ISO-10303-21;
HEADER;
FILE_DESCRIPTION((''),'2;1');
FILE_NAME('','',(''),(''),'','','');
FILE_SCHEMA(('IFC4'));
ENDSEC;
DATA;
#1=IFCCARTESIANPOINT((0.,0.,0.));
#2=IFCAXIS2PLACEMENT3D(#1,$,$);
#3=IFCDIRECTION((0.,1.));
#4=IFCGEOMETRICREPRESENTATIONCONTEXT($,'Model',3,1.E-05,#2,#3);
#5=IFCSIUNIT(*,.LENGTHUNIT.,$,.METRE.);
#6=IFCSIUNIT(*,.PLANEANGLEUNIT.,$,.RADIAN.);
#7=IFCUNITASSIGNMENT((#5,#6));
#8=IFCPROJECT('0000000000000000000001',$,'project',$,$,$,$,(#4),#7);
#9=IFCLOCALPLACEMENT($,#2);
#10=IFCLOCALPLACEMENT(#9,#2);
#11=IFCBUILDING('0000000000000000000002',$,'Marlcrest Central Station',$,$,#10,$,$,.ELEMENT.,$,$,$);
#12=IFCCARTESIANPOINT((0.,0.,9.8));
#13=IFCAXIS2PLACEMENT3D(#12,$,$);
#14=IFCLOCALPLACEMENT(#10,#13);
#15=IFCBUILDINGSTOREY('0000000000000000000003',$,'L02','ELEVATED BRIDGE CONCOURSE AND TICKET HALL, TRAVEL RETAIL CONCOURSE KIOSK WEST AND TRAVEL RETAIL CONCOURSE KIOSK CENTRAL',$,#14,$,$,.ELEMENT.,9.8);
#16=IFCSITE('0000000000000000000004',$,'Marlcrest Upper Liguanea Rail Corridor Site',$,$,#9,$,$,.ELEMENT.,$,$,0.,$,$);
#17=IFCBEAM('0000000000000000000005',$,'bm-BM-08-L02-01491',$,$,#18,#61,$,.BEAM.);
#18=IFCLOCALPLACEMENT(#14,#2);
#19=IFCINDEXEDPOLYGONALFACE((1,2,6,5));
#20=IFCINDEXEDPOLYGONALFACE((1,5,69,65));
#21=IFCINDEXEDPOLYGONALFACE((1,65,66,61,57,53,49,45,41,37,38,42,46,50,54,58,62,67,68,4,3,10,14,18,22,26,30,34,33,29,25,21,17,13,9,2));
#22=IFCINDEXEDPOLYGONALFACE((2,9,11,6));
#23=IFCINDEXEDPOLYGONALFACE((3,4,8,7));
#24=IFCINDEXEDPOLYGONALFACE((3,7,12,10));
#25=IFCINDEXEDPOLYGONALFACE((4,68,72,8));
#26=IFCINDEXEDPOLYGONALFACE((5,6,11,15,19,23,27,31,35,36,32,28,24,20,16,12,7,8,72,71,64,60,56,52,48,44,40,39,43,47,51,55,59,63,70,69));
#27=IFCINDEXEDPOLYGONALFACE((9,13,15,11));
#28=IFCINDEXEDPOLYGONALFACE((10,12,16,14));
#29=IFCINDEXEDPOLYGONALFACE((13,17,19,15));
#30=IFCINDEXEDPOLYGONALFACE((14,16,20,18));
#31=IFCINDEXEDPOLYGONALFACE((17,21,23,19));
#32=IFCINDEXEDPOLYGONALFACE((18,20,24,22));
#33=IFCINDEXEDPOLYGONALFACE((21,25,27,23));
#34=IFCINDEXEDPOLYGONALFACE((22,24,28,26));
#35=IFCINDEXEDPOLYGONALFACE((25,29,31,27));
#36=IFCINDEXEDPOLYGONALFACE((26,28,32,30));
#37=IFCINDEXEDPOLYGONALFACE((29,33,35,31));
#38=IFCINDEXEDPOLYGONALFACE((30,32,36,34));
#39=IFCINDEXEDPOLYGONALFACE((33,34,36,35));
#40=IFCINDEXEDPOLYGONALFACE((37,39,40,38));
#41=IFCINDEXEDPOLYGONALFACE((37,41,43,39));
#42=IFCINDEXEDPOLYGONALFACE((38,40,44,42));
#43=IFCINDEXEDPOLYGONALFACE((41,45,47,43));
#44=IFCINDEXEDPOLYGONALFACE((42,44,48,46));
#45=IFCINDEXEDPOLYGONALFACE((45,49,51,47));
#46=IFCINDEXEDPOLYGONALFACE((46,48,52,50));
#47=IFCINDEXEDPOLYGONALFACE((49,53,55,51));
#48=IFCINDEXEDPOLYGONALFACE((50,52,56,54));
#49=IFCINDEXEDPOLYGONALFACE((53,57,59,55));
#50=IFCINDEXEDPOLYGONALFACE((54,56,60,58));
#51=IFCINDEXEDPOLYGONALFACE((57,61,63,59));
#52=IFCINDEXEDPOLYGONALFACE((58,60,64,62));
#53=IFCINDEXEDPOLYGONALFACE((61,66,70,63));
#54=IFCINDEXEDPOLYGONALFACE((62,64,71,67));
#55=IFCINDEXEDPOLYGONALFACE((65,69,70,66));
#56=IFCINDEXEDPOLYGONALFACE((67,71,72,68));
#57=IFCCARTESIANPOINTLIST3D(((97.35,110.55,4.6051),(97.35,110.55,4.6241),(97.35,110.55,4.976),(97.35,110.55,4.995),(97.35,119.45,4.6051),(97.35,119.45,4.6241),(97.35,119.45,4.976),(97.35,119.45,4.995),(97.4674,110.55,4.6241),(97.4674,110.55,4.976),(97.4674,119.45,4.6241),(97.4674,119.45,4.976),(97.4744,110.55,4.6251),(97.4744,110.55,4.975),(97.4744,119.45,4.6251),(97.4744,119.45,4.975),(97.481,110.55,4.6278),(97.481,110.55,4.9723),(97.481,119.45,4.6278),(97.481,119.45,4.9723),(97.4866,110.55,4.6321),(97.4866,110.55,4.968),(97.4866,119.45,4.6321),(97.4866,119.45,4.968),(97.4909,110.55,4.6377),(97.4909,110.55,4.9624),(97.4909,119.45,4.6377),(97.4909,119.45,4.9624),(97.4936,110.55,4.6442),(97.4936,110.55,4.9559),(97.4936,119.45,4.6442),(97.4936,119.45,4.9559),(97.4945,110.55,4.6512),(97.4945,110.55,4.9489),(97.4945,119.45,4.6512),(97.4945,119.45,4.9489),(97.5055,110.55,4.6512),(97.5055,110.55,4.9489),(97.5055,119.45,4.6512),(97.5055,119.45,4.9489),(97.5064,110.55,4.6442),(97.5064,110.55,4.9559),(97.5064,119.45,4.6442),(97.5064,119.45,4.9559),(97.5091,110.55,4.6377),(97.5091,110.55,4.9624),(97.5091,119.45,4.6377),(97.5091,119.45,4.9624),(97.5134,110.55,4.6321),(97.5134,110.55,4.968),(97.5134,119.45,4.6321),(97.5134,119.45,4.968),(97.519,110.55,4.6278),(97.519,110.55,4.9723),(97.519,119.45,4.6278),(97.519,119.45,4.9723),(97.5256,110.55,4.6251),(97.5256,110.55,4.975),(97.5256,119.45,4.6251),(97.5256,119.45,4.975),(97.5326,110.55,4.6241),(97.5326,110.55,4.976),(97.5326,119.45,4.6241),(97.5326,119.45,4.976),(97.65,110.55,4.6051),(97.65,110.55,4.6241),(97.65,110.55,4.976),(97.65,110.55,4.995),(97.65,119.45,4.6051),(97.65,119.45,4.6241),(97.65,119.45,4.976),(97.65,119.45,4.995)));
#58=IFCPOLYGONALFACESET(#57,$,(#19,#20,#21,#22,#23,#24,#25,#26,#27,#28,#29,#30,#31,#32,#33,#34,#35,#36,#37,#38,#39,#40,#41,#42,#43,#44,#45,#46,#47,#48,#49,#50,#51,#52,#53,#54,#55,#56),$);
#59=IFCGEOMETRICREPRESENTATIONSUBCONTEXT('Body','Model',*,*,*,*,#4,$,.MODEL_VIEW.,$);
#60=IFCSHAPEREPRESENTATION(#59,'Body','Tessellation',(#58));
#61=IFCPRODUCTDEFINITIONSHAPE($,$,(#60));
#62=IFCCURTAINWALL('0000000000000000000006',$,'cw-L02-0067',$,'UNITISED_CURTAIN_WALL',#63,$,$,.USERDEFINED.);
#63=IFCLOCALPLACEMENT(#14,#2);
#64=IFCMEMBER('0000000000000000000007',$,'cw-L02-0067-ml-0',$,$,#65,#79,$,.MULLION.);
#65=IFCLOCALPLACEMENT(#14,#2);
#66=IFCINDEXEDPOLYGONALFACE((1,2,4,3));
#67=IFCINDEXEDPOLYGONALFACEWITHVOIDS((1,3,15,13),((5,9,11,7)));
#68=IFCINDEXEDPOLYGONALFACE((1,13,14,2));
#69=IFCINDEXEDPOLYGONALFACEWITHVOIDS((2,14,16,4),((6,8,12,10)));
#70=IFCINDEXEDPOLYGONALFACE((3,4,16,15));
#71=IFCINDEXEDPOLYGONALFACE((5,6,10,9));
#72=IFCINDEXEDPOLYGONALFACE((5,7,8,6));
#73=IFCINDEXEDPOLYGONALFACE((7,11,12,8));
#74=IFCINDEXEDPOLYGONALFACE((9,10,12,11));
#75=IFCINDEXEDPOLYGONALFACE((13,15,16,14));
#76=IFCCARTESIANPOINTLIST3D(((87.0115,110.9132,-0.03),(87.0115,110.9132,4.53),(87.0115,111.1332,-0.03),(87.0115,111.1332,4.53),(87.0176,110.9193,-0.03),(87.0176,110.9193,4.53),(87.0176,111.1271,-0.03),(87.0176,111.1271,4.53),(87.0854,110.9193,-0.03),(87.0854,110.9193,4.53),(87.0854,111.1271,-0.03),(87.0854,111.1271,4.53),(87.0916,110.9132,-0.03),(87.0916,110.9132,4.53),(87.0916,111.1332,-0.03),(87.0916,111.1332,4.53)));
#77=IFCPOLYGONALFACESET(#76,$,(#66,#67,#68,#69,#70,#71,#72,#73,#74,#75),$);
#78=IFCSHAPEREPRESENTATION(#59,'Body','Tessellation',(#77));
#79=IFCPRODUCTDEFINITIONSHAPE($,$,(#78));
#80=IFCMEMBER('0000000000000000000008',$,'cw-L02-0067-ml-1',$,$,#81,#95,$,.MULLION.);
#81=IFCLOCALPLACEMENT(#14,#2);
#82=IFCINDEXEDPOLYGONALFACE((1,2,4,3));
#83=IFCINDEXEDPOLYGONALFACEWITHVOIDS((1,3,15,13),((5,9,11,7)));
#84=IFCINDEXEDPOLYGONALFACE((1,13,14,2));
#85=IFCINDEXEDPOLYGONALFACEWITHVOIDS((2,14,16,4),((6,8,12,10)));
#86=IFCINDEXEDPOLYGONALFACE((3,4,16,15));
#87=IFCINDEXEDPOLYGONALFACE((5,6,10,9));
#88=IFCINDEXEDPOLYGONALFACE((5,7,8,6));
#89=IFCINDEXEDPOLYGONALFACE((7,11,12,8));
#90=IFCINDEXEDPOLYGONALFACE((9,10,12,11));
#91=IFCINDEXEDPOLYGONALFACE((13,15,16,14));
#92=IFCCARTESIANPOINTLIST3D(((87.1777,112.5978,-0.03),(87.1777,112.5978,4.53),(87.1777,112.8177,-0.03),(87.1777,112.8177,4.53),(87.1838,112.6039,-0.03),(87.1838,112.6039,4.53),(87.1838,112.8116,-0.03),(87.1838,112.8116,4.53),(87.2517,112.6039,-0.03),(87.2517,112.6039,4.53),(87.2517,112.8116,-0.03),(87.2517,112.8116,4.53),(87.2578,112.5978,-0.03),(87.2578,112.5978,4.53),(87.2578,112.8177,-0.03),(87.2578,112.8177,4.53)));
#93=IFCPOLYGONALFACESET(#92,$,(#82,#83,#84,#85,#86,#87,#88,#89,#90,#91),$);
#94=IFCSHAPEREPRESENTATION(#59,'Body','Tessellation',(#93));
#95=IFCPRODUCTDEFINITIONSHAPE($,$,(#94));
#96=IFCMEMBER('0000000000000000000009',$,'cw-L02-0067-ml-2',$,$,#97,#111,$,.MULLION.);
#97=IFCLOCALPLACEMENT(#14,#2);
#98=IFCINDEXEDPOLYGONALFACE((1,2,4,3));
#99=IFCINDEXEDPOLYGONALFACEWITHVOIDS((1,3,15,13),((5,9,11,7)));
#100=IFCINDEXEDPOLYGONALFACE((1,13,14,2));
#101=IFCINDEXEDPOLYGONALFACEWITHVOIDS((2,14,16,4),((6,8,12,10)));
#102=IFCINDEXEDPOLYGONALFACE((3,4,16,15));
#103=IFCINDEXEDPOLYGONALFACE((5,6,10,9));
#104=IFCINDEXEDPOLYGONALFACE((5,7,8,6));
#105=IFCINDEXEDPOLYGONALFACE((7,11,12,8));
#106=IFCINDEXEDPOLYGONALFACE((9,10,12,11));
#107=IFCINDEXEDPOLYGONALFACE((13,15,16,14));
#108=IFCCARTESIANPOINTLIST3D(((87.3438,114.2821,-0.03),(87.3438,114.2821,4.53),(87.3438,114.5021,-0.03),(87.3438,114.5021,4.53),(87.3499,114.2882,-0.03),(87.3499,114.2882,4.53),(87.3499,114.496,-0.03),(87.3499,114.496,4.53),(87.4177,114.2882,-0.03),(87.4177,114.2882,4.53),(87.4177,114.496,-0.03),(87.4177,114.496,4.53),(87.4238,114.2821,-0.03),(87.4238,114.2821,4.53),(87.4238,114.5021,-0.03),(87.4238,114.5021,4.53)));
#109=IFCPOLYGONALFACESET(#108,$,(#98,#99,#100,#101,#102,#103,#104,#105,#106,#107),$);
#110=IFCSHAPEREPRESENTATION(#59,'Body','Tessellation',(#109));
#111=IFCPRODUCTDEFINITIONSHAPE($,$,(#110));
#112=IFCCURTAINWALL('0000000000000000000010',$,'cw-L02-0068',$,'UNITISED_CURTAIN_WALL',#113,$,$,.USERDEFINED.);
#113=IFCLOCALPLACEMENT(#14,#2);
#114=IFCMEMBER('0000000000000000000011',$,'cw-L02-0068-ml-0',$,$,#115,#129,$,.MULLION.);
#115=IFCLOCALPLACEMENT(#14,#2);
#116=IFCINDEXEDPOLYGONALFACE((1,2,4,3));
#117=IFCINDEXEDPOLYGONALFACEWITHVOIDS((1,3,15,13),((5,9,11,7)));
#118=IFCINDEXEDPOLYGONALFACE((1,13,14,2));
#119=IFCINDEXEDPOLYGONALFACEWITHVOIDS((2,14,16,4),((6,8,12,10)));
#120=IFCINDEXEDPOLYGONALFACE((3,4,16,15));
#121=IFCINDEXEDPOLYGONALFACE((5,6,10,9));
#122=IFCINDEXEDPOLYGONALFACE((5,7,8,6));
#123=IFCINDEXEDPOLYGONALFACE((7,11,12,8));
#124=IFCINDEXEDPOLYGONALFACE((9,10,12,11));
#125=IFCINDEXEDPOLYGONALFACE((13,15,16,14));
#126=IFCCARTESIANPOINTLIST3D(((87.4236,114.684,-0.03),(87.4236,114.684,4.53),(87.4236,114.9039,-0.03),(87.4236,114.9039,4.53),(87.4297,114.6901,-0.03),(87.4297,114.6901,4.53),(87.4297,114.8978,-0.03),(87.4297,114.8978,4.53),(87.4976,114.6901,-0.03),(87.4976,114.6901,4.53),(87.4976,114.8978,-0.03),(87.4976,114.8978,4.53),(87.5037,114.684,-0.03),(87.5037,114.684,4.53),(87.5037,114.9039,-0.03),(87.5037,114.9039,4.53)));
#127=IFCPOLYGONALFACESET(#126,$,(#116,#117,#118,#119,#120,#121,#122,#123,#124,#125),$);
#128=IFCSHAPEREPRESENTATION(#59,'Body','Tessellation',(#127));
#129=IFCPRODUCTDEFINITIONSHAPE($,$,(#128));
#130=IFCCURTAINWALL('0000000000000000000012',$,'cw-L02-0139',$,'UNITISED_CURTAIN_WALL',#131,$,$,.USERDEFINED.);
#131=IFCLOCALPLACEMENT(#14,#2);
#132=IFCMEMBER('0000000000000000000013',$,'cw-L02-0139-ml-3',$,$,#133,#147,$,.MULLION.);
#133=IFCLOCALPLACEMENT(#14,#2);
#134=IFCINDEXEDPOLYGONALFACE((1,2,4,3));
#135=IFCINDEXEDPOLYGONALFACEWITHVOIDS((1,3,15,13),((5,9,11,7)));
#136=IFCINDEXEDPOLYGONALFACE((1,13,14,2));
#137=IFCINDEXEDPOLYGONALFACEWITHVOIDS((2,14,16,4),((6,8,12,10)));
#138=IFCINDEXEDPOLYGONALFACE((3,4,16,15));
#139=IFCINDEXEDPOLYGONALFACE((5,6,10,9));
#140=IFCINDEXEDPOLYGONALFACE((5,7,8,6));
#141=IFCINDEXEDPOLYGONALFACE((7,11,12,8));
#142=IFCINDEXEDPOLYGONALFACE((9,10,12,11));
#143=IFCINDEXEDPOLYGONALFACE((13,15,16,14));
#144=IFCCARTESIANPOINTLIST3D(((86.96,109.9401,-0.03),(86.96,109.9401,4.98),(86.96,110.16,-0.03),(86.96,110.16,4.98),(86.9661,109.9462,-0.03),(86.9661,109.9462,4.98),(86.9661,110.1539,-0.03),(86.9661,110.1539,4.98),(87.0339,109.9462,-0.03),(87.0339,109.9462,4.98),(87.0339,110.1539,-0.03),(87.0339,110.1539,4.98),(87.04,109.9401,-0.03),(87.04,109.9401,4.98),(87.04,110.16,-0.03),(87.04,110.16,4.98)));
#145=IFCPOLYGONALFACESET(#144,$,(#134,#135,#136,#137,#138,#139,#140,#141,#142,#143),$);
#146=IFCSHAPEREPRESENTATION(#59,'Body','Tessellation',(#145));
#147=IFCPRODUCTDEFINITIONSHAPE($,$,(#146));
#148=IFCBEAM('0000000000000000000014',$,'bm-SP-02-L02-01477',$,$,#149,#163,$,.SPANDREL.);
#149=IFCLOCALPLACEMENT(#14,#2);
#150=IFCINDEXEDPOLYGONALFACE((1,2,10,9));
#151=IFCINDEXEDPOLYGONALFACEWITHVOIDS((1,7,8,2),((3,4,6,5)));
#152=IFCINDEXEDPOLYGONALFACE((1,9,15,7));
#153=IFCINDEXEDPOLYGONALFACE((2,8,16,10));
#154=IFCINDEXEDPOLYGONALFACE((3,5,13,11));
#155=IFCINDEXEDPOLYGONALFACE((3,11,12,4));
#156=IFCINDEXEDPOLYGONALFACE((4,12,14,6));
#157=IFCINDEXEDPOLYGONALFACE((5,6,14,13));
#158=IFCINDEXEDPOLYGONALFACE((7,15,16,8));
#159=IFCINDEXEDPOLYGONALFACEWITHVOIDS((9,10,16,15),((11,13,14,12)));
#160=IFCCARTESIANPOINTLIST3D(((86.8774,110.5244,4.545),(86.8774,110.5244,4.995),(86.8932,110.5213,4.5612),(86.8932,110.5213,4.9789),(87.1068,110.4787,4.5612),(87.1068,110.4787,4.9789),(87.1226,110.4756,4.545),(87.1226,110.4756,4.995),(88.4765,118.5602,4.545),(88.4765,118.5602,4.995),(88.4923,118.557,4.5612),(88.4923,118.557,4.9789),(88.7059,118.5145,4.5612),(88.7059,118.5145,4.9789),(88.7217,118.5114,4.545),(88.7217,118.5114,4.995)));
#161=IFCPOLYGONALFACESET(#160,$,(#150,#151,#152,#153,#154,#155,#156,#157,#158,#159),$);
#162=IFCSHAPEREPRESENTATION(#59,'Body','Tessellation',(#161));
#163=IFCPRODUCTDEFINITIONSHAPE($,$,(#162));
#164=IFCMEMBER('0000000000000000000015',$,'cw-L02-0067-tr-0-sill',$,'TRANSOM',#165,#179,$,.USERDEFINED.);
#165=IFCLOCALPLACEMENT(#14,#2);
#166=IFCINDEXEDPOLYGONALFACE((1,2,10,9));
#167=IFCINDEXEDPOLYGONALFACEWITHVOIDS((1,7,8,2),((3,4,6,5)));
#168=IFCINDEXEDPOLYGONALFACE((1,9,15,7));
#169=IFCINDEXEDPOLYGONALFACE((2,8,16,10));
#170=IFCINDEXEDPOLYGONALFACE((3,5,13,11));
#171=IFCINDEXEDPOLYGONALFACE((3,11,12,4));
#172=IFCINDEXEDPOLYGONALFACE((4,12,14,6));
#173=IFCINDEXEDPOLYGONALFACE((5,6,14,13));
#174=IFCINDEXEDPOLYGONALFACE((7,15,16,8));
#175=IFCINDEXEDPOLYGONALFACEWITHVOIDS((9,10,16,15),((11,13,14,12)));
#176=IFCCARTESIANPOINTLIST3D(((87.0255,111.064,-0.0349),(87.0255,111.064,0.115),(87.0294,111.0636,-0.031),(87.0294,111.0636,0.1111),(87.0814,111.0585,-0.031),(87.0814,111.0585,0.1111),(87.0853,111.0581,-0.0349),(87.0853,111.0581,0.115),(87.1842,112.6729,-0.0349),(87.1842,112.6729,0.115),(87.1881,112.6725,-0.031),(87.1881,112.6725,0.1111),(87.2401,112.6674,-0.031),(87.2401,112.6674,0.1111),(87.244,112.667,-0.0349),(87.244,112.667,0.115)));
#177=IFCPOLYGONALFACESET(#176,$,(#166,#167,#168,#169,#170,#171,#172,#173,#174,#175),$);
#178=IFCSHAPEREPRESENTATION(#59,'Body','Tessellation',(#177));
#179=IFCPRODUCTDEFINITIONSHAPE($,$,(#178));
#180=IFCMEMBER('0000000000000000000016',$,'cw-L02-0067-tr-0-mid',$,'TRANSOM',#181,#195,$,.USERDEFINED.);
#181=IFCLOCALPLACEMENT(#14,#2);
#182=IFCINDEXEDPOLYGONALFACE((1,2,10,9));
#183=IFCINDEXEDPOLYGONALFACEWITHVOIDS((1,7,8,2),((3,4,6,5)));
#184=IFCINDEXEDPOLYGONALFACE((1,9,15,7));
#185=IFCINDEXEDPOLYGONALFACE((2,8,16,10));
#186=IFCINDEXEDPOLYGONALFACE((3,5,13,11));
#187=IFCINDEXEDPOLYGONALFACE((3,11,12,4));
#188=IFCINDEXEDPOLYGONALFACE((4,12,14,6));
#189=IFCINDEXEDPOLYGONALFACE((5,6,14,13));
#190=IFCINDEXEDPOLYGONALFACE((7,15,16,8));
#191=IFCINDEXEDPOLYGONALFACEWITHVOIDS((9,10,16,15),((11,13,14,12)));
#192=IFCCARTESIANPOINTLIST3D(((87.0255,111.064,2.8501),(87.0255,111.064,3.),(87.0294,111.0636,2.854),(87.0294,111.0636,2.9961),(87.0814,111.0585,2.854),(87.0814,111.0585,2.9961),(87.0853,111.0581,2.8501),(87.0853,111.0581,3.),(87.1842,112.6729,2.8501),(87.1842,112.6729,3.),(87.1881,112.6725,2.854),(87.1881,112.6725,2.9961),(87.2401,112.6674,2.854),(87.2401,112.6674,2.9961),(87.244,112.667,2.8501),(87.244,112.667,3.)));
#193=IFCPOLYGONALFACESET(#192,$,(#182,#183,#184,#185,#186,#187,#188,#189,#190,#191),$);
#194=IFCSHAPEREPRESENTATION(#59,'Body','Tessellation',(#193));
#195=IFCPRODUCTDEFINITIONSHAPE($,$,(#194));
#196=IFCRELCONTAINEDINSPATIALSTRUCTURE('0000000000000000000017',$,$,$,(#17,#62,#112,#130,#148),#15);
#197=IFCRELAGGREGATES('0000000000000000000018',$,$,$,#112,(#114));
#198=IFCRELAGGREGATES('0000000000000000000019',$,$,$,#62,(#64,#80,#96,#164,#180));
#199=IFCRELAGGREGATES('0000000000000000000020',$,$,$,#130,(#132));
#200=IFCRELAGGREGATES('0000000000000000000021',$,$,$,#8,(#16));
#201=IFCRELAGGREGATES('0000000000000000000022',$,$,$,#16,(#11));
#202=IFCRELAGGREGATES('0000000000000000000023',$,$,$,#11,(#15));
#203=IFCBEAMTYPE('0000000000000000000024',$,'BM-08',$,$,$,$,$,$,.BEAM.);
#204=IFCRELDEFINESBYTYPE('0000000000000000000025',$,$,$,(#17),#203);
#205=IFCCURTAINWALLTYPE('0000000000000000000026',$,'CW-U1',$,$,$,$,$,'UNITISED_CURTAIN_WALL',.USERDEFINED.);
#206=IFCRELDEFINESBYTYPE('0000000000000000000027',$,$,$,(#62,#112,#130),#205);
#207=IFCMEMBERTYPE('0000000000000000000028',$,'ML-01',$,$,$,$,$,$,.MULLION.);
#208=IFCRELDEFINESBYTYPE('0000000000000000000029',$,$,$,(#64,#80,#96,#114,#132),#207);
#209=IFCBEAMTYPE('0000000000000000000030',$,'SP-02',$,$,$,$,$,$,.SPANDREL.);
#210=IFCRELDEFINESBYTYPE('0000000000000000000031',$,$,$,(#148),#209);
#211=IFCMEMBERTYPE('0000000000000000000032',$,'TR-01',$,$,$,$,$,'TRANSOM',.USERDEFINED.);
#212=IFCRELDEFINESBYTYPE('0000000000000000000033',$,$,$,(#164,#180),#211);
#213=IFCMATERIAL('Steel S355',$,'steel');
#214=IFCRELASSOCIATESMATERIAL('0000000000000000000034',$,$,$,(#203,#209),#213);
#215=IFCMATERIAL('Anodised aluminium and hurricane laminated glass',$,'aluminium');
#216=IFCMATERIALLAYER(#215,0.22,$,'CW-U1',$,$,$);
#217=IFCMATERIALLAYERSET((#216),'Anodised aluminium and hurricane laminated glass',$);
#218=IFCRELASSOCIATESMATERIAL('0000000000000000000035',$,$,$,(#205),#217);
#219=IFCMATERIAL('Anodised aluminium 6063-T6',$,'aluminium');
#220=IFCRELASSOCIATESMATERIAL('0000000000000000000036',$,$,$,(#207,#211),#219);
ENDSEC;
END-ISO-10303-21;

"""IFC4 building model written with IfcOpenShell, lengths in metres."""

from ifc_helpers import new_model, si_unit, direction, frame, origin, origin_2d, place, context, subcontext, project, spatial, hollow_rectangle, i_section, extrude, material, layer, layer_set, material_profile, profile_set, type_object, element, aggregate, save


model = new_model("IFC4")

# Units and contexts
model_context = context("Model", 3, precision=1e-05, world=origin(), true_north=direction((0.0, 1.0)))
body_context = subcontext(model_context, "Body", "Model", "MODEL_VIEW")
ifc_project = project(units=[si_unit("LENGTHUNIT", "METRE"), si_unit("PLANEANGLEUNIT", "RADIAN")], contexts=[model_context])

# Site, building, storey
site_placement = place(None, origin())
site = spatial("IfcSite", under=ifc_project, at=site_placement, Name="Marlcrest Upper Liguanea Rail Corridor Site", CompositionType="ELEMENT", RefElevation=0.0)
building_placement = place(site_placement, origin())
building = spatial("IfcBuilding", under=site, at=building_placement, Name="Marlcrest Central Station", CompositionType="ELEMENT")
storey_placement = place(building_placement, frame((0.0, 0.0, 9.8)))
storey = spatial("IfcBuildingStorey", under=building, at=storey_placement, Name="L02", Description="ELEVATED BRIDGE CONCOURSE AND TICKET HALL, TRAVEL RETAIL CONCOURSE KIOSK WEST AND TRAVEL RETAIL CONCOURSE KIOSK CENTRAL", CompositionType="ELEMENT", Elevation=9.8)

# Shared definitions
ifc_material_1 = material(Name="Steel S355", Category="steel")

# Beam
ifc_material_profile_1 = material_profile(ifc_material_1, i_section(OverallWidth=0.3, OverallDepth=0.3899, WebThickness=0.011, FlangeThickness=0.019, FilletRadius=0.0271, at=origin_2d()), Name="HEA 400")
ifc_profile_set_1 = profile_set([ifc_material_profile_1], Name="Steel S355")
beam_type_1 = type_object("IfcBeamType", Name="BM-08", PredefinedType="BEAM", material=ifc_profile_set_1)
beam_1_placement = place(storey_placement, frame((97.5, 110.55, 4.8), z_axis=(0.0, 1.0, 0.0), x_axis=(-1.0, 0.0, 0.0)))
element("IfcBeam", 1, at=beam_1_placement, inside=storey, type_object=beam_type_1, Name="bm-BM-08-L02-01491", PredefinedType="BEAM", context=body_context, shape_type="SweptSolid", body=[
    extrude(i_section(OverallWidth=0.3, OverallDepth=0.3899, WebThickness=0.011, FlangeThickness=0.019, FilletRadius=0.0271, at=origin_2d()), origin(), (0.0, 0.0, 1.0), 8.8999),
])

# Curtain wall, members
ifc_material_2 = material(Name="Anodised aluminium and hurricane laminated glass", Category="aluminium")
ifc_layer_1 = layer(ifc_material_2, 0.22, Name="CW-U1")
ifc_layer_set_1 = layer_set([ifc_layer_1], Name="Anodised aluminium and hurricane laminated glass")
curtain_wall_type = type_object("IfcCurtainWallType", Name="CW-U1", ElementType="UNITISED_CURTAIN_WALL", PredefinedType="USERDEFINED", material=ifc_layer_set_1)
curtain_wall_1_placement = place(storey_placement, origin())
curtain_wall_1 = element("IfcCurtainWall", 2, at=curtain_wall_1_placement, inside=storey, type_object=curtain_wall_type, Name="cw-L02-0067", ObjectType="UNITISED_CURTAIN_WALL", PredefinedType="USERDEFINED")
ifc_material_3 = material(Name="Anodised aluminium 6063-T6", Category="aluminium")
ifc_material_profile_2 = material_profile(ifc_material_3, hollow_rectangle(XDim=0.0801, YDim=0.22, WallThickness=0.0061, at=origin_2d()), Name="AA-RHS 220x80x6")
ifc_profile_set_2 = profile_set([ifc_material_profile_2], Name="Anodised aluminium 6063-T6")
member_type_1 = type_object("IfcMemberType", Name="ML-01", PredefinedType="MULLION", material=ifc_profile_set_2)
member_1_placement = place(storey_placement, frame((87.0515, 111.0232, -0.03), z_axis=(0.0, 0.0, 1.0), x_axis=(1.0, 0.0, 0.0)))
member_1 = element("IfcMember", 3, at=member_1_placement, type_object=member_type_1, Name="cw-L02-0067-ml-0", PredefinedType="MULLION", context=body_context, shape_type="SweptSolid", body=[
    extrude(hollow_rectangle(XDim=0.0801, YDim=0.22, WallThickness=0.0061, at=origin_2d()), origin(), (0.0, 0.0, 1.0), 4.5601),
])
member_2_placement = place(storey_placement, frame((87.2178, 112.7078, -0.03), z_axis=(0.0, 0.0, 1.0), x_axis=(1.0, 0.0, 0.0)))
member_2 = element("IfcMember", 4, at=member_2_placement, type_object=member_type_1, Name="cw-L02-0067-ml-1", PredefinedType="MULLION", context=body_context, shape_type="SweptSolid", body=[
    extrude(hollow_rectangle(XDim=0.0801, YDim=0.22, WallThickness=0.0061, at=origin_2d()), origin(), (0.0, 0.0, 1.0), 4.5601),
])
member_3_placement = place(storey_placement, frame((87.3838, 114.3921, -0.03), z_axis=(0.0, 0.0, 1.0), x_axis=(1.0, 0.0, 0.0)))
member_3 = element("IfcMember", 5, at=member_3_placement, type_object=member_type_1, Name="cw-L02-0067-ml-2", PredefinedType="MULLION", context=body_context, shape_type="SweptSolid", body=[
    extrude(hollow_rectangle(XDim=0.0801, YDim=0.22, WallThickness=0.0061, at=origin_2d()), origin(), (0.0, 0.0, 1.0), 4.5601),
])

# Curtain walls, members
curtain_wall_2_placement = place(storey_placement, origin())
curtain_wall_2 = element("IfcCurtainWall", 6, at=curtain_wall_2_placement, inside=storey, type_object=curtain_wall_type, Name="cw-L02-0068", ObjectType="UNITISED_CURTAIN_WALL", PredefinedType="USERDEFINED")
member_4_placement = place(storey_placement, frame((87.4636, 114.7939, -0.03), z_axis=(0.0, 0.0, 1.0), x_axis=(1.0, 0.0, 0.0)))
member_4 = element("IfcMember", 7, at=member_4_placement, type_object=member_type_1, Name="cw-L02-0068-ml-0", PredefinedType="MULLION", context=body_context, shape_type="SweptSolid", body=[
    extrude(hollow_rectangle(XDim=0.0801, YDim=0.22, WallThickness=0.0061, at=origin_2d()), origin(), (0.0, 0.0, 1.0), 4.5601),
])
curtain_wall_3_placement = place(storey_placement, origin())
curtain_wall_3 = element("IfcCurtainWall", 8, at=curtain_wall_3_placement, inside=storey, type_object=curtain_wall_type, Name="cw-L02-0139", ObjectType="UNITISED_CURTAIN_WALL", PredefinedType="USERDEFINED")
member_5_placement = place(storey_placement, frame((87.0, 110.05, -0.03), z_axis=(0.0, 0.0, 1.0), x_axis=(1.0, 0.0, 0.0)))
member_5 = element("IfcMember", 9, at=member_5_placement, type_object=member_type_1, Name="cw-L02-0139-ml-3", PredefinedType="MULLION", context=body_context, shape_type="SweptSolid", body=[
    extrude(hollow_rectangle(XDim=0.0801, YDim=0.22, WallThickness=0.0061, at=origin_2d()), origin(), (0.0, 0.0, 1.0), 5.01),
])

# Beam
ifc_material_profile_3 = material_profile(ifc_material_1, hollow_rectangle(XDim=0.25, YDim=0.45, WallThickness=0.0161, at=origin_2d()), Name="RHS 450x250x16")
ifc_profile_set_3 = profile_set([ifc_material_profile_3], Name="Steel S355")
beam_type_2 = type_object("IfcBeamType", Name="SP-02", PredefinedType="SPANDREL", material=ifc_profile_set_3)
beam_2_placement = place(storey_placement, frame((87.0, 110.5, 4.77), z_axis=(0.195171, 0.980769, 0.0), x_axis=(-0.980769, 0.195171, 0.0)))
element("IfcBeam", 10, at=beam_2_placement, inside=storey, type_object=beam_type_2, Name="bm-SP-02-L02-01477", PredefinedType="SPANDREL", context=body_context, shape_type="SweptSolid", body=[
    extrude(hollow_rectangle(XDim=0.25, YDim=0.45, WallThickness=0.0161, at=origin_2d()), origin(), (0.0, 0.0, 1.0), 8.1934),
])

# Members
ifc_material_profile_4 = material_profile(ifc_material_3, hollow_rectangle(XDim=0.0601, YDim=0.1499, WallThickness=0.0039, at=origin_2d()), Name="AA-RHS 150x60x4")
ifc_profile_set_4 = profile_set([ifc_material_profile_4], Name="Anodised aluminium 6063-T6")
member_type_2 = type_object("IfcMemberType", Name="TR-01", ElementType="TRANSOM", PredefinedType="USERDEFINED", material=ifc_profile_set_4)
member_6_placement = place(storey_placement, frame((87.0554, 111.061, 0.04), z_axis=(0.098158, 0.995171, 0.0), x_axis=(-0.995171, 0.098158, 0.0)))
member_6 = element("IfcMember", 11, at=member_6_placement, type_object=member_type_2, Name="cw-L02-0067-tr-0-sill", ObjectType="TRANSOM", PredefinedType="USERDEFINED", context=body_context, shape_type="SweptSolid", body=[
    extrude(hollow_rectangle(XDim=0.0601, YDim=0.1499, WallThickness=0.0039, at=origin_2d()), origin(), (0.0, 0.0, 1.0), 1.6167),
])
member_7_placement = place(storey_placement, frame((87.0554, 111.061, 2.925), z_axis=(0.098158, 0.995171, 0.0), x_axis=(-0.995171, 0.098158, 0.0)))
member_7 = element("IfcMember", 12, at=member_7_placement, type_object=member_type_2, Name="cw-L02-0067-tr-0-mid", ObjectType="TRANSOM", PredefinedType="USERDEFINED", context=body_context, shape_type="SweptSolid", body=[
    extrude(hollow_rectangle(XDim=0.0601, YDim=0.1499, WallThickness=0.0039, at=origin_2d()), origin(), (0.0, 0.0, 1.0), 1.6167),
])
aggregate(curtain_wall_2, [member_4])

aggregate(curtain_wall_1, [member_1, member_2, member_3, member_6, member_7])
aggregate(curtain_wall_3, [member_5])

save(model, "model.ifc")
